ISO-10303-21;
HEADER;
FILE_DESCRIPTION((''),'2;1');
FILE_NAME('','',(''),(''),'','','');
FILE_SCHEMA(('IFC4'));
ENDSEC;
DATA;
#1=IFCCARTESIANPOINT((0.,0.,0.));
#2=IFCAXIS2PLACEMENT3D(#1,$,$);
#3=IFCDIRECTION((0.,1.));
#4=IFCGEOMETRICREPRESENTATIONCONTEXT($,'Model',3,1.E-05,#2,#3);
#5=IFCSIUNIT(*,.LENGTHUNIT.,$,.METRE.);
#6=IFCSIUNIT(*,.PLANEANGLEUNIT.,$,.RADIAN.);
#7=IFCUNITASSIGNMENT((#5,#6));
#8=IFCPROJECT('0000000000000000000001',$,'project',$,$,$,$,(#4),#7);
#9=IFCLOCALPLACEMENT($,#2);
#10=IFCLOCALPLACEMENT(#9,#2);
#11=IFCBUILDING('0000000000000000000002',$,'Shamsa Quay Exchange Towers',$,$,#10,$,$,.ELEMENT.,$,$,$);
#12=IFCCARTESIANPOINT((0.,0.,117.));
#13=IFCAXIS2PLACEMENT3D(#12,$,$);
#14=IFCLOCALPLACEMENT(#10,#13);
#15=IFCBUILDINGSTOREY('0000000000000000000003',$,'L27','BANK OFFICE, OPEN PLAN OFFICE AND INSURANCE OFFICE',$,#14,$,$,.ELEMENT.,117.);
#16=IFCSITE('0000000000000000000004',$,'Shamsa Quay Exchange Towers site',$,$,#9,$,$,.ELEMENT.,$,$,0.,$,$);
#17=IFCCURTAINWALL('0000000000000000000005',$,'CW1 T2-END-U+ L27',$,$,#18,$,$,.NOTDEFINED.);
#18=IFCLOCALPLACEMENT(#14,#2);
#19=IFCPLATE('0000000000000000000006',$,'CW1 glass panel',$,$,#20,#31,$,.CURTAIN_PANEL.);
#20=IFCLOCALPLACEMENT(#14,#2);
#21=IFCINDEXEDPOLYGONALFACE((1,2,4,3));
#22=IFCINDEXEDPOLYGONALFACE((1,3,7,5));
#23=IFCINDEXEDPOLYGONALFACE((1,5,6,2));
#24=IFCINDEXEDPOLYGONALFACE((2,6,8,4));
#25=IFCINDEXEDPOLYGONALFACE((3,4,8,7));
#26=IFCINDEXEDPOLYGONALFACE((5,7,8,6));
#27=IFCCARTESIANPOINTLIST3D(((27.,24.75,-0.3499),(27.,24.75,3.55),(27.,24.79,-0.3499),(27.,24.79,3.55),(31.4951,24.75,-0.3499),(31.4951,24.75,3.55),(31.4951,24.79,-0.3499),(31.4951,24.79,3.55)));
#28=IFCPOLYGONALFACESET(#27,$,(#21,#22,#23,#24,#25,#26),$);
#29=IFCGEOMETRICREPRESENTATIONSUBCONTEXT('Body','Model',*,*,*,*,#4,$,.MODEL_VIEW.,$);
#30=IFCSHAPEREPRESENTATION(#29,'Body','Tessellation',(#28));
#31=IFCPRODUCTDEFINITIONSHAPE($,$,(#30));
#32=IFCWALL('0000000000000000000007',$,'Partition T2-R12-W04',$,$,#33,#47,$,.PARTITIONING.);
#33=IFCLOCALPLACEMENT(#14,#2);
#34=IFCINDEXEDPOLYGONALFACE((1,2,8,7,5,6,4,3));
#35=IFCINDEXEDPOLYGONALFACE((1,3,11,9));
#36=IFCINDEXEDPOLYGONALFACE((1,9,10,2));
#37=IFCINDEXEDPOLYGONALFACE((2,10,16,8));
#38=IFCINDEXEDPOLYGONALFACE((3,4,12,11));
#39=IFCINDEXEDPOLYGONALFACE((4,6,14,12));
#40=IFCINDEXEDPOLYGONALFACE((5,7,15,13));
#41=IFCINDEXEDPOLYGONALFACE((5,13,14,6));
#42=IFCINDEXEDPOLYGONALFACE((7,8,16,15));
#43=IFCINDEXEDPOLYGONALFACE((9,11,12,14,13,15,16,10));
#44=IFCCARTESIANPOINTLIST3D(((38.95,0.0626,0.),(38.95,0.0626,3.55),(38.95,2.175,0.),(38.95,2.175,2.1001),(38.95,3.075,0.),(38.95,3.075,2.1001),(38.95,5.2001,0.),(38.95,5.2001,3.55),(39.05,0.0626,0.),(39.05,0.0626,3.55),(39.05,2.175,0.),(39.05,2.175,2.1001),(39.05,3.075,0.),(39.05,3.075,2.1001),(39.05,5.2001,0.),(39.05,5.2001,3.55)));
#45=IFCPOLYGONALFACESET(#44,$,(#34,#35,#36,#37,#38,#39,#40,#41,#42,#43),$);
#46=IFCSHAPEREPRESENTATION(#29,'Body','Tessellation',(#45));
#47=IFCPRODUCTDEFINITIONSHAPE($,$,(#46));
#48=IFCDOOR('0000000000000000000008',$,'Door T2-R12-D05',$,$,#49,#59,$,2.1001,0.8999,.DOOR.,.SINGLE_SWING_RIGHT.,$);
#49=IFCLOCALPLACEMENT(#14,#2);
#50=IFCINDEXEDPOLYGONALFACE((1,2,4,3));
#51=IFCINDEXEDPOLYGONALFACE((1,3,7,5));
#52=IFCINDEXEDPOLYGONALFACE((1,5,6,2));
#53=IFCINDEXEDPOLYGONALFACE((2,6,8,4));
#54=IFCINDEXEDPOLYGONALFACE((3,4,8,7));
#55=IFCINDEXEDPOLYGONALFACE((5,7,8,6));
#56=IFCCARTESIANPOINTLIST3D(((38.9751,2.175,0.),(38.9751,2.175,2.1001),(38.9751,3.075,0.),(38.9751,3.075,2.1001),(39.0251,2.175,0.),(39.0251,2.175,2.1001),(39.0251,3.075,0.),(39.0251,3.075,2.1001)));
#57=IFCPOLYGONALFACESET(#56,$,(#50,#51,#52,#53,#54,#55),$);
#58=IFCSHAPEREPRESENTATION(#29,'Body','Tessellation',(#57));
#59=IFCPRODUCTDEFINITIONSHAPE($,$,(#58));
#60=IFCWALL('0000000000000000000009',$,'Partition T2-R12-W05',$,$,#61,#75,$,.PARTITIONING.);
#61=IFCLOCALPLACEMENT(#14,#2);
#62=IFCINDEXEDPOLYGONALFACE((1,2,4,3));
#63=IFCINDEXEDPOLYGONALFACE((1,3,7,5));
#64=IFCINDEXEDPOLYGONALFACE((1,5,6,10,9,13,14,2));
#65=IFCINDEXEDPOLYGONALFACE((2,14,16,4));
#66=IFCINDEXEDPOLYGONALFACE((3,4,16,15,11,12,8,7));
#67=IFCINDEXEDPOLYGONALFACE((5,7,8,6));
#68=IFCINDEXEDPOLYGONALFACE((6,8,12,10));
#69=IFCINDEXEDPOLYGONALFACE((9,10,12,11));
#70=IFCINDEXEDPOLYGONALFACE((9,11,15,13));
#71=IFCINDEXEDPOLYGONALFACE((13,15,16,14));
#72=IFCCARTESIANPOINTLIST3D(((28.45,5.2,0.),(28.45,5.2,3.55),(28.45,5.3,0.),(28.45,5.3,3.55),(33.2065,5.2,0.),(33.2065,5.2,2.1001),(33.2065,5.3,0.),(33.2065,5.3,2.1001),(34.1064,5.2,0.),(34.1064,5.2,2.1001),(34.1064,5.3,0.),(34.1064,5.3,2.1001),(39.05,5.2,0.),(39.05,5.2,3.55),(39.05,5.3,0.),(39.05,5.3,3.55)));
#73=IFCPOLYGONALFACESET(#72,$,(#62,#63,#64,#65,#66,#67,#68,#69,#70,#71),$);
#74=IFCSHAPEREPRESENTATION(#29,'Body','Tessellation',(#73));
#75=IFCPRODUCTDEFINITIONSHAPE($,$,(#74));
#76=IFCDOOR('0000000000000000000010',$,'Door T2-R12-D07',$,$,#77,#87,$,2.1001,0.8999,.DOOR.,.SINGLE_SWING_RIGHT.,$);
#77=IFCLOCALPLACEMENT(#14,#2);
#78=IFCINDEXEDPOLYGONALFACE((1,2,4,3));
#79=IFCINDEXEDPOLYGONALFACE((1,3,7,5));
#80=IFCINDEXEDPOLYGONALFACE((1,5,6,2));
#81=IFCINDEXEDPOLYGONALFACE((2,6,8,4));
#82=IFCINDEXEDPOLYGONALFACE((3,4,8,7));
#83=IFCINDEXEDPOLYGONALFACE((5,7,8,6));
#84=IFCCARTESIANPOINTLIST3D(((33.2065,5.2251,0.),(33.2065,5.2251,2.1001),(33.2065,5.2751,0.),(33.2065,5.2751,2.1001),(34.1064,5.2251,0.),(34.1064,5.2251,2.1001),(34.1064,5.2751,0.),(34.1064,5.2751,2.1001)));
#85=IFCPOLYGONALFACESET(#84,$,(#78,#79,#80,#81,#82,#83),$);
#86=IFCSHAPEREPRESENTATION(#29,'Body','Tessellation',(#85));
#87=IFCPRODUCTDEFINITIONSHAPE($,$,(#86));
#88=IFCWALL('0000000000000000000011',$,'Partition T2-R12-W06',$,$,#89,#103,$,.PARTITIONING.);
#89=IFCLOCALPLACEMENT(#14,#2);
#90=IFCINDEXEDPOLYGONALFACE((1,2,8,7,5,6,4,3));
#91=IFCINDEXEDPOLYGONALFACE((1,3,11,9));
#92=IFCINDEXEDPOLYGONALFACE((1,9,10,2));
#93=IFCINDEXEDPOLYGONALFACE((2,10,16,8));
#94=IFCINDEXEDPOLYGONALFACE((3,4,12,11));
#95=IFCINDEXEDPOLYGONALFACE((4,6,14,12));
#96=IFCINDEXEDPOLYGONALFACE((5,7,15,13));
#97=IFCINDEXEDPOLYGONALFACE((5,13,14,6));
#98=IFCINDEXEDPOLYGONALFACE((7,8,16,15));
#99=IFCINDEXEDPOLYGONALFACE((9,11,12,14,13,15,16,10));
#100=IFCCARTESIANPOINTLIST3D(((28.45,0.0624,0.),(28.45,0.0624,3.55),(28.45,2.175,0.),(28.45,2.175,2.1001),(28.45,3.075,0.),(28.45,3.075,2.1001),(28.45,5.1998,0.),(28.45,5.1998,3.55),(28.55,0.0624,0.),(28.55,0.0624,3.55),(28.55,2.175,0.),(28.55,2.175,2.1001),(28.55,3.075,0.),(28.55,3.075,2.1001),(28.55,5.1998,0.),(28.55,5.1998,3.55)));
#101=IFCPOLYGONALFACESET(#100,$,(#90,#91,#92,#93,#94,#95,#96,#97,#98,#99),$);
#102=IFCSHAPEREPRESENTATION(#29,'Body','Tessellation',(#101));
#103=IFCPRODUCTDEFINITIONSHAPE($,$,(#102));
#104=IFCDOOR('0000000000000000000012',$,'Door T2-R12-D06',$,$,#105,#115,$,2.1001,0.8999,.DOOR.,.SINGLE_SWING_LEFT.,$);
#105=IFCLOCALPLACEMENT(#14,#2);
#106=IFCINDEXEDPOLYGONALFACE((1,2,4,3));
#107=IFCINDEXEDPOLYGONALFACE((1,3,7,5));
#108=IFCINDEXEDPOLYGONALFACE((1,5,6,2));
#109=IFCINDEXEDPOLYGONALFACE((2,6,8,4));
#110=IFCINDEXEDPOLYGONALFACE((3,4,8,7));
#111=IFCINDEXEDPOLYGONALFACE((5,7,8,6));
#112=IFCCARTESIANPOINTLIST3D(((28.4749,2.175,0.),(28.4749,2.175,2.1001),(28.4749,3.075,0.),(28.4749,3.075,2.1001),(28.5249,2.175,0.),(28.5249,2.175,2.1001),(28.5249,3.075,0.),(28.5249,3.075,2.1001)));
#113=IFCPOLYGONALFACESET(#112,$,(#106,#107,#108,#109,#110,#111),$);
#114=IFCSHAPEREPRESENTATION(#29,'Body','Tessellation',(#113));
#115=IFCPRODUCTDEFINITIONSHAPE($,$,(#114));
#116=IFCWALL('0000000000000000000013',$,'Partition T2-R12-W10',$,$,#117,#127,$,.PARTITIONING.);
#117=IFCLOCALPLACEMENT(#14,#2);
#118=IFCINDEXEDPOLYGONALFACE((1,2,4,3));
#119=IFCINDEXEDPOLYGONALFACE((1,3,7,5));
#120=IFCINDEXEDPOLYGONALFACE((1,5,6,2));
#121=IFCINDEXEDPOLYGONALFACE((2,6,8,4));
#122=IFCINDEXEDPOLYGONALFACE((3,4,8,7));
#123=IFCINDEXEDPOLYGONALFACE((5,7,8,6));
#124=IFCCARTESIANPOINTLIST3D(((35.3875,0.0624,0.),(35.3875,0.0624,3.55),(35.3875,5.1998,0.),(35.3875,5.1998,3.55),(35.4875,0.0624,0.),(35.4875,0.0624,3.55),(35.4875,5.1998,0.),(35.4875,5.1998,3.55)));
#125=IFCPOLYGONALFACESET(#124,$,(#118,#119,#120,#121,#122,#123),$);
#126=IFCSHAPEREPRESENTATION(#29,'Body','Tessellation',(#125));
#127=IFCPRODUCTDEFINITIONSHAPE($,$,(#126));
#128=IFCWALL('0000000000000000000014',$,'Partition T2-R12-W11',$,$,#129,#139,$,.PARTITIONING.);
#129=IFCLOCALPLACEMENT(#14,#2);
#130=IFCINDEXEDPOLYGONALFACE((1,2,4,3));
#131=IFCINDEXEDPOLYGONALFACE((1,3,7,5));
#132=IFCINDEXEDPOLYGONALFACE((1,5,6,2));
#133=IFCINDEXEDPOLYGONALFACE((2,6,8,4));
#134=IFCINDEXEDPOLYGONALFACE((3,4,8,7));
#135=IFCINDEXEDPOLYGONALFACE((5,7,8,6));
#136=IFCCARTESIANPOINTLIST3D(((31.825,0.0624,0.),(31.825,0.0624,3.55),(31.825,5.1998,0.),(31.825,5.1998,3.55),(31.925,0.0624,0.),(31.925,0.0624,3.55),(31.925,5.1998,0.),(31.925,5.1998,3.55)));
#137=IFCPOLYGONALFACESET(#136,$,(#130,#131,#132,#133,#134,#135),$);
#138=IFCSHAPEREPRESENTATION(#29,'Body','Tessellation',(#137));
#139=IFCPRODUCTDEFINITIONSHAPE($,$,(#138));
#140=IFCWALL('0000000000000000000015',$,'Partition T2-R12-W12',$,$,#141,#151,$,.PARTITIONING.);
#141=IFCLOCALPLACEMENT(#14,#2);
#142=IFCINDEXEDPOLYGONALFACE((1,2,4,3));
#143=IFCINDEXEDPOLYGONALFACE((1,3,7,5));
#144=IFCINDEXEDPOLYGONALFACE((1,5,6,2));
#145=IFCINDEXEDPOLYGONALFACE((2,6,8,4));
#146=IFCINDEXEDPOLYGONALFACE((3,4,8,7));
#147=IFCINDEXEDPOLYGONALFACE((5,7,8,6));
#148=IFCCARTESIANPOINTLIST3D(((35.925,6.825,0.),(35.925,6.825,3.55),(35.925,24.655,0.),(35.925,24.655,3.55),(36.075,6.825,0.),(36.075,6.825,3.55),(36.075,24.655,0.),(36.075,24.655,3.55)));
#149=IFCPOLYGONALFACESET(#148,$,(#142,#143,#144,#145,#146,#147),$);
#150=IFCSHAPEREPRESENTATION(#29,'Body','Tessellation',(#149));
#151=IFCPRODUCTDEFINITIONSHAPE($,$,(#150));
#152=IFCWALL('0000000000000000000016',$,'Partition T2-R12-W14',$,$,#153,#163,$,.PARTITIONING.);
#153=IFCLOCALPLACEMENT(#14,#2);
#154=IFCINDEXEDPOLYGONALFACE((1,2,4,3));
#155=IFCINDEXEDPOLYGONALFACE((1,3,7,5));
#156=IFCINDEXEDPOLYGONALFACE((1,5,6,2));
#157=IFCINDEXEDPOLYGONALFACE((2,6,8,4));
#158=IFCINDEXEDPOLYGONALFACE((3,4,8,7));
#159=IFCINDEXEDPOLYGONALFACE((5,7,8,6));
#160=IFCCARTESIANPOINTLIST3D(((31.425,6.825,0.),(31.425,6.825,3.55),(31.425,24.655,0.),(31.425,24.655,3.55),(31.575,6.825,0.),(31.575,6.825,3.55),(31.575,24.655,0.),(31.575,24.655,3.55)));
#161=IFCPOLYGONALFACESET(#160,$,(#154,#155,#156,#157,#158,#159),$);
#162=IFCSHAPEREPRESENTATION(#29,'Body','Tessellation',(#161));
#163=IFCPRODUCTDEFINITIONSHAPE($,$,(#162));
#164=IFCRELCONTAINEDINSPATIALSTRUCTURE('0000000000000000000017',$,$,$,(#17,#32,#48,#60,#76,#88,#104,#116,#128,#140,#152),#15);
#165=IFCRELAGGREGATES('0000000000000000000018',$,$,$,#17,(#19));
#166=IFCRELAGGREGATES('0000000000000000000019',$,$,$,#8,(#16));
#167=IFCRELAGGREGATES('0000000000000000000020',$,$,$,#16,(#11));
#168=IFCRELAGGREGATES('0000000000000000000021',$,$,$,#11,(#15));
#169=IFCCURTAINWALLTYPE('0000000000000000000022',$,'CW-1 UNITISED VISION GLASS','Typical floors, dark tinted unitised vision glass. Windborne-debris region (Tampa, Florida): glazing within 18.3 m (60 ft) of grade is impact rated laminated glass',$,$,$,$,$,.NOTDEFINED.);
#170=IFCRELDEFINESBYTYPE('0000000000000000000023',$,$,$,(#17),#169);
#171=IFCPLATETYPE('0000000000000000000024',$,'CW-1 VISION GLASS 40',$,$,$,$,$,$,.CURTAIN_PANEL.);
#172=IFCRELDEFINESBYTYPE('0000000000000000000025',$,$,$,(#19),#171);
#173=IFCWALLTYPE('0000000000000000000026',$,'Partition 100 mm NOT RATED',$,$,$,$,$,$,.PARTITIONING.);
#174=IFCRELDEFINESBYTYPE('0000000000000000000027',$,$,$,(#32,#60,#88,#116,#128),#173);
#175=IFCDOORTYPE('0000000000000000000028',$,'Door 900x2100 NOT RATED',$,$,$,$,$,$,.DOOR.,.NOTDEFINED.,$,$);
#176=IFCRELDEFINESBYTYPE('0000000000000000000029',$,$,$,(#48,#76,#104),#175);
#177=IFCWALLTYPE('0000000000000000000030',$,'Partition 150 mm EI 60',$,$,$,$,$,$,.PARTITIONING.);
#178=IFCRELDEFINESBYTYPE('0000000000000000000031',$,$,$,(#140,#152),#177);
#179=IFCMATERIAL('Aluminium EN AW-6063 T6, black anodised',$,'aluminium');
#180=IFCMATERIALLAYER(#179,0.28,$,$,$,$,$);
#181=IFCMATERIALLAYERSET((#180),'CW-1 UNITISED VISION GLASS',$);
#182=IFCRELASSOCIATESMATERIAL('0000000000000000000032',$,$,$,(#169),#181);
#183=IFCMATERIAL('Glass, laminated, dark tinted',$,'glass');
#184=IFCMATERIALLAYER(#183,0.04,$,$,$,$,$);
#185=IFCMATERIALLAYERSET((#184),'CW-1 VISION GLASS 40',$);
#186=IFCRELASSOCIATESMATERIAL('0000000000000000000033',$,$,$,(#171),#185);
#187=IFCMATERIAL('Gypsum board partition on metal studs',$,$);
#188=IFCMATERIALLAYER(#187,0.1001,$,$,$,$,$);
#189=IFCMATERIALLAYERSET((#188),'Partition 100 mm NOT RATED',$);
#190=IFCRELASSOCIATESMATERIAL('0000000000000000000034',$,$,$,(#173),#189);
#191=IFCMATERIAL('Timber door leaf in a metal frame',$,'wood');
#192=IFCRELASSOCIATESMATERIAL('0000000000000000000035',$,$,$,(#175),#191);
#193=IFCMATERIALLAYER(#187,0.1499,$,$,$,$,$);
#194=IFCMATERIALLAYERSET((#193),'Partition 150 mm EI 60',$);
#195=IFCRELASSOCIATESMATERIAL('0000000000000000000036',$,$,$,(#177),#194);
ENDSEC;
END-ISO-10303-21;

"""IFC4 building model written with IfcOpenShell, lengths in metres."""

from ifc_helpers import new_model, si_unit, direction, frame, frame_2d, origin, origin_2d, place, context, subcontext, project, spatial, rectangle, extrude, material, layer, layer_set, type_object, element, fill, aggregate, save


model = new_model("IFC4")

# Units and contexts
model_context = context("Model", 3, precision=1e-05, world=origin(), true_north=direction((0.0, 1.0)))
body_context = subcontext(model_context, "Body", "Model", "MODEL_VIEW")
ifc_project = project(units=[si_unit("LENGTHUNIT", "METRE"), si_unit("PLANEANGLEUNIT", "RADIAN")], contexts=[model_context])

# Site, building, storey
site_placement = place(None, origin())
site = spatial("IfcSite", under=ifc_project, at=site_placement, Name="Shamsa Quay Exchange Towers site", CompositionType="ELEMENT", RefElevation=0.0)
building_placement = place(site_placement, origin())
building = spatial("IfcBuilding", under=site, at=building_placement, Name="Shamsa Quay Exchange Towers", CompositionType="ELEMENT")
storey_placement = place(building_placement, frame((0.0, 0.0, 117.0)))
storey = spatial("IfcBuildingStorey", under=building, at=storey_placement, Name="L27", Description="BANK OFFICE, OPEN PLAN OFFICE AND INSURANCE OFFICE", CompositionType="ELEMENT", Elevation=117.0)

# Shared definitions
ifc_material_1 = material(Name="Aluminium EN AW-6063 T6, black anodised", Category="aluminium")
ifc_layer_1 = layer(ifc_material_1, 0.28)
ifc_layer_set_1 = layer_set([ifc_layer_1], Name="CW-1 UNITISED VISION GLASS")
curtain_wall_type = type_object("IfcCurtainWallType", Name="CW-1 UNITISED VISION GLASS", Description="Typical floors, dark tinted unitised vision glass. Windborne-debris region (Tampa, Florida): glazing within 18.3 m (60 ft) of grade is impact rated laminated glass", PredefinedType="NOTDEFINED", material=ifc_layer_set_1)

# Shared definitions
ifc_material_2 = material(Name="Glass, laminated, dark tinted", Category="glass")
ifc_layer_2 = layer(ifc_material_2, 0.04)
ifc_layer_set_2 = layer_set([ifc_layer_2], Name="CW-1 VISION GLASS 40")
plate_type = type_object("IfcPlateType", Name="CW-1 VISION GLASS 40", PredefinedType="CURTAIN_PANEL", material=ifc_layer_set_2)

# Curtain wall, plate
curtain_wall_1_placement = place(storey_placement, origin())
curtain_wall_1 = element("IfcCurtainWall", 1, at=curtain_wall_1_placement, inside=storey, type_object=curtain_wall_type, Name="CW1 T2-END-U+ L27", PredefinedType="NOTDEFINED")
plate_1_placement = place(storey_placement, frame((29.2476, 24.77, -0.3499), z_axis=(0.0, 0.0, 1.0), x_axis=(-1.0, 0.0, 0.0)))
plate_1 = element("IfcPlate", 2, at=plate_1_placement, type_object=plate_type, Name="CW1 glass panel", PredefinedType="CURTAIN_PANEL", context=body_context, shape_type="SweptSolid", body=[
    extrude(rectangle(XDim=4.4951, YDim=0.04, at=origin_2d()), origin(), (0.0, 0.0, 1.0), 3.8999),
])
aggregate(curtain_wall_1, [plate_1])

# Walls, openings, doors
ifc_material_3 = material(Name="Gypsum board partition on metal studs")
ifc_layer_3 = layer(ifc_material_3, 0.1001)
ifc_layer_set_3 = layer_set([ifc_layer_3], Name="Partition 100 mm NOT RATED")
wall_type_1 = type_object("IfcWallType", Name="Partition 100 mm NOT RATED", PredefinedType="PARTITIONING", material=ifc_layer_set_3)
wall_1_placement = place(storey_placement, frame((39.0, 0.0625, 0.0), z_axis=(0.0, 0.0, 1.0), x_axis=(0.0, 1.0, 0.0)))
wall_1 = element("IfcWall", 3, at=wall_1_placement, inside=storey, type_object=wall_type_1, Name="Partition T2-R12-W04", PredefinedType="PARTITIONING", context=body_context, shape_type="SweptSolid", body=[
    extrude(rectangle(XDim=5.1375, YDim=0.1001, at=frame_2d((2.5688, 0.0))), origin(), (0.0, 0.0, 1.0), 3.55),
])
opening_1_placement = place(wall_1_placement, frame((2.1125, 0.0, 0.0)))
opening_1 = element("IfcOpeningElement", 4, at=opening_1_placement, cuts=wall_1, PredefinedType="OPENING", context=body_context, shape_type="SweptSolid", body=[
    extrude(rectangle(XDim=0.8999, YDim=2.1001, at=frame_2d((0.45, 1.05))), frame((0.0, 0.0601, 0.0), z_axis=(0.0, -1.0, 0.0), x_axis=(1.0, 0.0, 0.0)), (0.0, 0.0, 1.0), 0.1201),
])
ifc_material_4 = material(Name="Timber door leaf in a metal frame", Category="wood")
door_type = type_object("IfcDoorType", Name="Door 900x2100 NOT RATED", OperationType="NOTDEFINED", PredefinedType="DOOR", material=ifc_material_4)
door_1_placement = place(opening_1_placement, origin())
door_1 = element("IfcDoor", 5, at=door_1_placement, inside=storey, type_object=door_type, Name="Door T2-R12-D05", OperationType="SINGLE_SWING_RIGHT", OverallHeight=2.1001, OverallWidth=0.8999, PredefinedType="DOOR", context=body_context, shape_type="SweptSolid", body=[
    extrude(rectangle(XDim=0.8999, YDim=2.1001, at=frame_2d((0.45, 1.05))), frame((0.0, 0.0249, 0.0), z_axis=(0.0, -1.0, 0.0), x_axis=(1.0, 0.0, 0.0)), (0.0, 0.0, 1.0), 0.05),
])
fill(opening_1, door_1)
wall_2_placement = place(storey_placement, frame((39.05, 5.25, 0.0), z_axis=(0.0, 0.0, 1.0), x_axis=(-1.0, 0.0, 0.0)))
wall_2 = element("IfcWall", 6, at=wall_2_placement, inside=storey, type_object=wall_type_1, Name="Partition T2-R12-W05", PredefinedType="PARTITIONING", context=body_context, shape_type="SweptSolid", body=[
    extrude(rectangle(XDim=10.6001, YDim=0.1001, at=frame_2d((5.3, 0.0))), origin(), (0.0, 0.0, 1.0), 3.55),
])
opening_2_placement = place(wall_2_placement, frame((4.9436, 0.0, 0.0)))
opening_2 = element("IfcOpeningElement", 7, at=opening_2_placement, cuts=wall_2, PredefinedType="OPENING", context=body_context, shape_type="SweptSolid", body=[
    extrude(rectangle(XDim=0.8999, YDim=2.1001, at=frame_2d((0.45, 1.05))), frame((0.0, 0.0601, 0.0), z_axis=(0.0, -1.0, 0.0), x_axis=(1.0, 0.0, 0.0)), (0.0, 0.0, 1.0), 0.1201),
])
door_2_placement = place(opening_2_placement, origin())
door_2 = element("IfcDoor", 8, at=door_2_placement, inside=storey, type_object=door_type, Name="Door T2-R12-D07", OperationType="SINGLE_SWING_RIGHT", OverallHeight=2.1001, OverallWidth=0.8999, PredefinedType="DOOR", context=body_context, shape_type="SweptSolid", body=[
    extrude(rectangle(XDim=0.8999, YDim=2.1001, at=frame_2d((0.45, 1.05))), frame((0.0, 0.0249, 0.0), z_axis=(0.0, -1.0, 0.0), x_axis=(1.0, 0.0, 0.0)), (0.0, 0.0, 1.0), 0.05),
])
fill(opening_2, door_2)
wall_3_placement = place(storey_placement, frame((28.5, 5.2, 0.0), z_axis=(0.0, 0.0, 1.0), x_axis=(0.0, -1.0, 0.0)))
wall_3 = element("IfcWall", 9, at=wall_3_placement, inside=storey, type_object=wall_type_1, Name="Partition T2-R12-W06", PredefinedType="PARTITIONING", context=body_context, shape_type="SweptSolid", body=[
    extrude(rectangle(XDim=5.1375, YDim=0.1001, at=frame_2d((2.5688, 0.0))), origin(), (0.0, 0.0, 1.0), 3.55),
])
opening_3_placement = place(wall_3_placement, frame((2.125, 0.0, 0.0)))
opening_3 = element("IfcOpeningElement", 10, at=opening_3_placement, cuts=wall_3, PredefinedType="OPENING", context=body_context, shape_type="SweptSolid", body=[
    extrude(rectangle(XDim=0.8999, YDim=2.1001, at=frame_2d((0.45, 1.05))), frame((0.0, 0.0601, 0.0), z_axis=(0.0, -1.0, 0.0), x_axis=(1.0, 0.0, 0.0)), (0.0, 0.0, 1.0), 0.1201),
])
door_3_placement = place(opening_3_placement, origin())
door_3 = element("IfcDoor", 11, at=door_3_placement, inside=storey, type_object=door_type, Name="Door T2-R12-D06", OperationType="SINGLE_SWING_LEFT", OverallHeight=2.1001, OverallWidth=0.8999, PredefinedType="DOOR", context=body_context, shape_type="SweptSolid", body=[
    extrude(rectangle(XDim=0.8999, YDim=2.1001, at=frame_2d((0.45, 1.05))), frame((0.0, 0.0249, 0.0), z_axis=(0.0, -1.0, 0.0), x_axis=(1.0, 0.0, 0.0)), (0.0, 0.0, 1.0), 0.05),
])
fill(opening_3, door_3)

# Walls
for number, where, z_axis, x_axis, name in (
    (12, (35.4375, 5.2, 0.0), (0.0, 0.0, 1.0), (0.0, -1.0, 0.0), "Partition T2-R12-W10"),
    (13, (31.875, 5.2, 0.0), (0.0, 0.0, 1.0), (0.0, -1.0, 0.0), "Partition T2-R12-W11"),
):
    element("IfcWall", number, at=place(storey_placement, frame(where, z_axis=z_axis, x_axis=x_axis)), inside=storey, type_object=wall_type_1, Name=name, PredefinedType="PARTITIONING", context=body_context, shape_type="SweptSolid", body=[
        extrude(rectangle(XDim=5.1375, YDim=0.1001, at=frame_2d((2.5688, 0.0))), origin(), (0.0, 0.0, 1.0), 3.55),
    ])
ifc_layer_4 = layer(ifc_material_3, 0.1499)
ifc_layer_set_4 = layer_set([ifc_layer_4], Name="Partition 150 mm EI 60")
wall_type_2 = type_object("IfcWallType", Name="Partition 150 mm EI 60", PredefinedType="PARTITIONING", material=ifc_layer_set_4)
for number, where, z_axis, x_axis, name in (
    (14, (36.0, 24.655, 0.0), (0.0, 0.0, 1.0), (0.0, -1.0, 0.0), "Partition T2-R12-W12"),
    (15, (31.5, 24.655, 0.0), (0.0, 0.0, 1.0), (0.0, -1.0, 0.0), "Partition T2-R12-W14"),
):
    element("IfcWall", number, at=place(storey_placement, frame(where, z_axis=z_axis, x_axis=x_axis)), inside=storey, type_object=wall_type_2, Name=name, PredefinedType="PARTITIONING", context=body_context, shape_type="SweptSolid", body=[
        extrude(rectangle(XDim=17.8301, YDim=0.1499, at=frame_2d((8.915, 0.0))), origin(), (0.0, 0.0, 1.0), 3.55),
    ])

save(model, "model.ifc")
